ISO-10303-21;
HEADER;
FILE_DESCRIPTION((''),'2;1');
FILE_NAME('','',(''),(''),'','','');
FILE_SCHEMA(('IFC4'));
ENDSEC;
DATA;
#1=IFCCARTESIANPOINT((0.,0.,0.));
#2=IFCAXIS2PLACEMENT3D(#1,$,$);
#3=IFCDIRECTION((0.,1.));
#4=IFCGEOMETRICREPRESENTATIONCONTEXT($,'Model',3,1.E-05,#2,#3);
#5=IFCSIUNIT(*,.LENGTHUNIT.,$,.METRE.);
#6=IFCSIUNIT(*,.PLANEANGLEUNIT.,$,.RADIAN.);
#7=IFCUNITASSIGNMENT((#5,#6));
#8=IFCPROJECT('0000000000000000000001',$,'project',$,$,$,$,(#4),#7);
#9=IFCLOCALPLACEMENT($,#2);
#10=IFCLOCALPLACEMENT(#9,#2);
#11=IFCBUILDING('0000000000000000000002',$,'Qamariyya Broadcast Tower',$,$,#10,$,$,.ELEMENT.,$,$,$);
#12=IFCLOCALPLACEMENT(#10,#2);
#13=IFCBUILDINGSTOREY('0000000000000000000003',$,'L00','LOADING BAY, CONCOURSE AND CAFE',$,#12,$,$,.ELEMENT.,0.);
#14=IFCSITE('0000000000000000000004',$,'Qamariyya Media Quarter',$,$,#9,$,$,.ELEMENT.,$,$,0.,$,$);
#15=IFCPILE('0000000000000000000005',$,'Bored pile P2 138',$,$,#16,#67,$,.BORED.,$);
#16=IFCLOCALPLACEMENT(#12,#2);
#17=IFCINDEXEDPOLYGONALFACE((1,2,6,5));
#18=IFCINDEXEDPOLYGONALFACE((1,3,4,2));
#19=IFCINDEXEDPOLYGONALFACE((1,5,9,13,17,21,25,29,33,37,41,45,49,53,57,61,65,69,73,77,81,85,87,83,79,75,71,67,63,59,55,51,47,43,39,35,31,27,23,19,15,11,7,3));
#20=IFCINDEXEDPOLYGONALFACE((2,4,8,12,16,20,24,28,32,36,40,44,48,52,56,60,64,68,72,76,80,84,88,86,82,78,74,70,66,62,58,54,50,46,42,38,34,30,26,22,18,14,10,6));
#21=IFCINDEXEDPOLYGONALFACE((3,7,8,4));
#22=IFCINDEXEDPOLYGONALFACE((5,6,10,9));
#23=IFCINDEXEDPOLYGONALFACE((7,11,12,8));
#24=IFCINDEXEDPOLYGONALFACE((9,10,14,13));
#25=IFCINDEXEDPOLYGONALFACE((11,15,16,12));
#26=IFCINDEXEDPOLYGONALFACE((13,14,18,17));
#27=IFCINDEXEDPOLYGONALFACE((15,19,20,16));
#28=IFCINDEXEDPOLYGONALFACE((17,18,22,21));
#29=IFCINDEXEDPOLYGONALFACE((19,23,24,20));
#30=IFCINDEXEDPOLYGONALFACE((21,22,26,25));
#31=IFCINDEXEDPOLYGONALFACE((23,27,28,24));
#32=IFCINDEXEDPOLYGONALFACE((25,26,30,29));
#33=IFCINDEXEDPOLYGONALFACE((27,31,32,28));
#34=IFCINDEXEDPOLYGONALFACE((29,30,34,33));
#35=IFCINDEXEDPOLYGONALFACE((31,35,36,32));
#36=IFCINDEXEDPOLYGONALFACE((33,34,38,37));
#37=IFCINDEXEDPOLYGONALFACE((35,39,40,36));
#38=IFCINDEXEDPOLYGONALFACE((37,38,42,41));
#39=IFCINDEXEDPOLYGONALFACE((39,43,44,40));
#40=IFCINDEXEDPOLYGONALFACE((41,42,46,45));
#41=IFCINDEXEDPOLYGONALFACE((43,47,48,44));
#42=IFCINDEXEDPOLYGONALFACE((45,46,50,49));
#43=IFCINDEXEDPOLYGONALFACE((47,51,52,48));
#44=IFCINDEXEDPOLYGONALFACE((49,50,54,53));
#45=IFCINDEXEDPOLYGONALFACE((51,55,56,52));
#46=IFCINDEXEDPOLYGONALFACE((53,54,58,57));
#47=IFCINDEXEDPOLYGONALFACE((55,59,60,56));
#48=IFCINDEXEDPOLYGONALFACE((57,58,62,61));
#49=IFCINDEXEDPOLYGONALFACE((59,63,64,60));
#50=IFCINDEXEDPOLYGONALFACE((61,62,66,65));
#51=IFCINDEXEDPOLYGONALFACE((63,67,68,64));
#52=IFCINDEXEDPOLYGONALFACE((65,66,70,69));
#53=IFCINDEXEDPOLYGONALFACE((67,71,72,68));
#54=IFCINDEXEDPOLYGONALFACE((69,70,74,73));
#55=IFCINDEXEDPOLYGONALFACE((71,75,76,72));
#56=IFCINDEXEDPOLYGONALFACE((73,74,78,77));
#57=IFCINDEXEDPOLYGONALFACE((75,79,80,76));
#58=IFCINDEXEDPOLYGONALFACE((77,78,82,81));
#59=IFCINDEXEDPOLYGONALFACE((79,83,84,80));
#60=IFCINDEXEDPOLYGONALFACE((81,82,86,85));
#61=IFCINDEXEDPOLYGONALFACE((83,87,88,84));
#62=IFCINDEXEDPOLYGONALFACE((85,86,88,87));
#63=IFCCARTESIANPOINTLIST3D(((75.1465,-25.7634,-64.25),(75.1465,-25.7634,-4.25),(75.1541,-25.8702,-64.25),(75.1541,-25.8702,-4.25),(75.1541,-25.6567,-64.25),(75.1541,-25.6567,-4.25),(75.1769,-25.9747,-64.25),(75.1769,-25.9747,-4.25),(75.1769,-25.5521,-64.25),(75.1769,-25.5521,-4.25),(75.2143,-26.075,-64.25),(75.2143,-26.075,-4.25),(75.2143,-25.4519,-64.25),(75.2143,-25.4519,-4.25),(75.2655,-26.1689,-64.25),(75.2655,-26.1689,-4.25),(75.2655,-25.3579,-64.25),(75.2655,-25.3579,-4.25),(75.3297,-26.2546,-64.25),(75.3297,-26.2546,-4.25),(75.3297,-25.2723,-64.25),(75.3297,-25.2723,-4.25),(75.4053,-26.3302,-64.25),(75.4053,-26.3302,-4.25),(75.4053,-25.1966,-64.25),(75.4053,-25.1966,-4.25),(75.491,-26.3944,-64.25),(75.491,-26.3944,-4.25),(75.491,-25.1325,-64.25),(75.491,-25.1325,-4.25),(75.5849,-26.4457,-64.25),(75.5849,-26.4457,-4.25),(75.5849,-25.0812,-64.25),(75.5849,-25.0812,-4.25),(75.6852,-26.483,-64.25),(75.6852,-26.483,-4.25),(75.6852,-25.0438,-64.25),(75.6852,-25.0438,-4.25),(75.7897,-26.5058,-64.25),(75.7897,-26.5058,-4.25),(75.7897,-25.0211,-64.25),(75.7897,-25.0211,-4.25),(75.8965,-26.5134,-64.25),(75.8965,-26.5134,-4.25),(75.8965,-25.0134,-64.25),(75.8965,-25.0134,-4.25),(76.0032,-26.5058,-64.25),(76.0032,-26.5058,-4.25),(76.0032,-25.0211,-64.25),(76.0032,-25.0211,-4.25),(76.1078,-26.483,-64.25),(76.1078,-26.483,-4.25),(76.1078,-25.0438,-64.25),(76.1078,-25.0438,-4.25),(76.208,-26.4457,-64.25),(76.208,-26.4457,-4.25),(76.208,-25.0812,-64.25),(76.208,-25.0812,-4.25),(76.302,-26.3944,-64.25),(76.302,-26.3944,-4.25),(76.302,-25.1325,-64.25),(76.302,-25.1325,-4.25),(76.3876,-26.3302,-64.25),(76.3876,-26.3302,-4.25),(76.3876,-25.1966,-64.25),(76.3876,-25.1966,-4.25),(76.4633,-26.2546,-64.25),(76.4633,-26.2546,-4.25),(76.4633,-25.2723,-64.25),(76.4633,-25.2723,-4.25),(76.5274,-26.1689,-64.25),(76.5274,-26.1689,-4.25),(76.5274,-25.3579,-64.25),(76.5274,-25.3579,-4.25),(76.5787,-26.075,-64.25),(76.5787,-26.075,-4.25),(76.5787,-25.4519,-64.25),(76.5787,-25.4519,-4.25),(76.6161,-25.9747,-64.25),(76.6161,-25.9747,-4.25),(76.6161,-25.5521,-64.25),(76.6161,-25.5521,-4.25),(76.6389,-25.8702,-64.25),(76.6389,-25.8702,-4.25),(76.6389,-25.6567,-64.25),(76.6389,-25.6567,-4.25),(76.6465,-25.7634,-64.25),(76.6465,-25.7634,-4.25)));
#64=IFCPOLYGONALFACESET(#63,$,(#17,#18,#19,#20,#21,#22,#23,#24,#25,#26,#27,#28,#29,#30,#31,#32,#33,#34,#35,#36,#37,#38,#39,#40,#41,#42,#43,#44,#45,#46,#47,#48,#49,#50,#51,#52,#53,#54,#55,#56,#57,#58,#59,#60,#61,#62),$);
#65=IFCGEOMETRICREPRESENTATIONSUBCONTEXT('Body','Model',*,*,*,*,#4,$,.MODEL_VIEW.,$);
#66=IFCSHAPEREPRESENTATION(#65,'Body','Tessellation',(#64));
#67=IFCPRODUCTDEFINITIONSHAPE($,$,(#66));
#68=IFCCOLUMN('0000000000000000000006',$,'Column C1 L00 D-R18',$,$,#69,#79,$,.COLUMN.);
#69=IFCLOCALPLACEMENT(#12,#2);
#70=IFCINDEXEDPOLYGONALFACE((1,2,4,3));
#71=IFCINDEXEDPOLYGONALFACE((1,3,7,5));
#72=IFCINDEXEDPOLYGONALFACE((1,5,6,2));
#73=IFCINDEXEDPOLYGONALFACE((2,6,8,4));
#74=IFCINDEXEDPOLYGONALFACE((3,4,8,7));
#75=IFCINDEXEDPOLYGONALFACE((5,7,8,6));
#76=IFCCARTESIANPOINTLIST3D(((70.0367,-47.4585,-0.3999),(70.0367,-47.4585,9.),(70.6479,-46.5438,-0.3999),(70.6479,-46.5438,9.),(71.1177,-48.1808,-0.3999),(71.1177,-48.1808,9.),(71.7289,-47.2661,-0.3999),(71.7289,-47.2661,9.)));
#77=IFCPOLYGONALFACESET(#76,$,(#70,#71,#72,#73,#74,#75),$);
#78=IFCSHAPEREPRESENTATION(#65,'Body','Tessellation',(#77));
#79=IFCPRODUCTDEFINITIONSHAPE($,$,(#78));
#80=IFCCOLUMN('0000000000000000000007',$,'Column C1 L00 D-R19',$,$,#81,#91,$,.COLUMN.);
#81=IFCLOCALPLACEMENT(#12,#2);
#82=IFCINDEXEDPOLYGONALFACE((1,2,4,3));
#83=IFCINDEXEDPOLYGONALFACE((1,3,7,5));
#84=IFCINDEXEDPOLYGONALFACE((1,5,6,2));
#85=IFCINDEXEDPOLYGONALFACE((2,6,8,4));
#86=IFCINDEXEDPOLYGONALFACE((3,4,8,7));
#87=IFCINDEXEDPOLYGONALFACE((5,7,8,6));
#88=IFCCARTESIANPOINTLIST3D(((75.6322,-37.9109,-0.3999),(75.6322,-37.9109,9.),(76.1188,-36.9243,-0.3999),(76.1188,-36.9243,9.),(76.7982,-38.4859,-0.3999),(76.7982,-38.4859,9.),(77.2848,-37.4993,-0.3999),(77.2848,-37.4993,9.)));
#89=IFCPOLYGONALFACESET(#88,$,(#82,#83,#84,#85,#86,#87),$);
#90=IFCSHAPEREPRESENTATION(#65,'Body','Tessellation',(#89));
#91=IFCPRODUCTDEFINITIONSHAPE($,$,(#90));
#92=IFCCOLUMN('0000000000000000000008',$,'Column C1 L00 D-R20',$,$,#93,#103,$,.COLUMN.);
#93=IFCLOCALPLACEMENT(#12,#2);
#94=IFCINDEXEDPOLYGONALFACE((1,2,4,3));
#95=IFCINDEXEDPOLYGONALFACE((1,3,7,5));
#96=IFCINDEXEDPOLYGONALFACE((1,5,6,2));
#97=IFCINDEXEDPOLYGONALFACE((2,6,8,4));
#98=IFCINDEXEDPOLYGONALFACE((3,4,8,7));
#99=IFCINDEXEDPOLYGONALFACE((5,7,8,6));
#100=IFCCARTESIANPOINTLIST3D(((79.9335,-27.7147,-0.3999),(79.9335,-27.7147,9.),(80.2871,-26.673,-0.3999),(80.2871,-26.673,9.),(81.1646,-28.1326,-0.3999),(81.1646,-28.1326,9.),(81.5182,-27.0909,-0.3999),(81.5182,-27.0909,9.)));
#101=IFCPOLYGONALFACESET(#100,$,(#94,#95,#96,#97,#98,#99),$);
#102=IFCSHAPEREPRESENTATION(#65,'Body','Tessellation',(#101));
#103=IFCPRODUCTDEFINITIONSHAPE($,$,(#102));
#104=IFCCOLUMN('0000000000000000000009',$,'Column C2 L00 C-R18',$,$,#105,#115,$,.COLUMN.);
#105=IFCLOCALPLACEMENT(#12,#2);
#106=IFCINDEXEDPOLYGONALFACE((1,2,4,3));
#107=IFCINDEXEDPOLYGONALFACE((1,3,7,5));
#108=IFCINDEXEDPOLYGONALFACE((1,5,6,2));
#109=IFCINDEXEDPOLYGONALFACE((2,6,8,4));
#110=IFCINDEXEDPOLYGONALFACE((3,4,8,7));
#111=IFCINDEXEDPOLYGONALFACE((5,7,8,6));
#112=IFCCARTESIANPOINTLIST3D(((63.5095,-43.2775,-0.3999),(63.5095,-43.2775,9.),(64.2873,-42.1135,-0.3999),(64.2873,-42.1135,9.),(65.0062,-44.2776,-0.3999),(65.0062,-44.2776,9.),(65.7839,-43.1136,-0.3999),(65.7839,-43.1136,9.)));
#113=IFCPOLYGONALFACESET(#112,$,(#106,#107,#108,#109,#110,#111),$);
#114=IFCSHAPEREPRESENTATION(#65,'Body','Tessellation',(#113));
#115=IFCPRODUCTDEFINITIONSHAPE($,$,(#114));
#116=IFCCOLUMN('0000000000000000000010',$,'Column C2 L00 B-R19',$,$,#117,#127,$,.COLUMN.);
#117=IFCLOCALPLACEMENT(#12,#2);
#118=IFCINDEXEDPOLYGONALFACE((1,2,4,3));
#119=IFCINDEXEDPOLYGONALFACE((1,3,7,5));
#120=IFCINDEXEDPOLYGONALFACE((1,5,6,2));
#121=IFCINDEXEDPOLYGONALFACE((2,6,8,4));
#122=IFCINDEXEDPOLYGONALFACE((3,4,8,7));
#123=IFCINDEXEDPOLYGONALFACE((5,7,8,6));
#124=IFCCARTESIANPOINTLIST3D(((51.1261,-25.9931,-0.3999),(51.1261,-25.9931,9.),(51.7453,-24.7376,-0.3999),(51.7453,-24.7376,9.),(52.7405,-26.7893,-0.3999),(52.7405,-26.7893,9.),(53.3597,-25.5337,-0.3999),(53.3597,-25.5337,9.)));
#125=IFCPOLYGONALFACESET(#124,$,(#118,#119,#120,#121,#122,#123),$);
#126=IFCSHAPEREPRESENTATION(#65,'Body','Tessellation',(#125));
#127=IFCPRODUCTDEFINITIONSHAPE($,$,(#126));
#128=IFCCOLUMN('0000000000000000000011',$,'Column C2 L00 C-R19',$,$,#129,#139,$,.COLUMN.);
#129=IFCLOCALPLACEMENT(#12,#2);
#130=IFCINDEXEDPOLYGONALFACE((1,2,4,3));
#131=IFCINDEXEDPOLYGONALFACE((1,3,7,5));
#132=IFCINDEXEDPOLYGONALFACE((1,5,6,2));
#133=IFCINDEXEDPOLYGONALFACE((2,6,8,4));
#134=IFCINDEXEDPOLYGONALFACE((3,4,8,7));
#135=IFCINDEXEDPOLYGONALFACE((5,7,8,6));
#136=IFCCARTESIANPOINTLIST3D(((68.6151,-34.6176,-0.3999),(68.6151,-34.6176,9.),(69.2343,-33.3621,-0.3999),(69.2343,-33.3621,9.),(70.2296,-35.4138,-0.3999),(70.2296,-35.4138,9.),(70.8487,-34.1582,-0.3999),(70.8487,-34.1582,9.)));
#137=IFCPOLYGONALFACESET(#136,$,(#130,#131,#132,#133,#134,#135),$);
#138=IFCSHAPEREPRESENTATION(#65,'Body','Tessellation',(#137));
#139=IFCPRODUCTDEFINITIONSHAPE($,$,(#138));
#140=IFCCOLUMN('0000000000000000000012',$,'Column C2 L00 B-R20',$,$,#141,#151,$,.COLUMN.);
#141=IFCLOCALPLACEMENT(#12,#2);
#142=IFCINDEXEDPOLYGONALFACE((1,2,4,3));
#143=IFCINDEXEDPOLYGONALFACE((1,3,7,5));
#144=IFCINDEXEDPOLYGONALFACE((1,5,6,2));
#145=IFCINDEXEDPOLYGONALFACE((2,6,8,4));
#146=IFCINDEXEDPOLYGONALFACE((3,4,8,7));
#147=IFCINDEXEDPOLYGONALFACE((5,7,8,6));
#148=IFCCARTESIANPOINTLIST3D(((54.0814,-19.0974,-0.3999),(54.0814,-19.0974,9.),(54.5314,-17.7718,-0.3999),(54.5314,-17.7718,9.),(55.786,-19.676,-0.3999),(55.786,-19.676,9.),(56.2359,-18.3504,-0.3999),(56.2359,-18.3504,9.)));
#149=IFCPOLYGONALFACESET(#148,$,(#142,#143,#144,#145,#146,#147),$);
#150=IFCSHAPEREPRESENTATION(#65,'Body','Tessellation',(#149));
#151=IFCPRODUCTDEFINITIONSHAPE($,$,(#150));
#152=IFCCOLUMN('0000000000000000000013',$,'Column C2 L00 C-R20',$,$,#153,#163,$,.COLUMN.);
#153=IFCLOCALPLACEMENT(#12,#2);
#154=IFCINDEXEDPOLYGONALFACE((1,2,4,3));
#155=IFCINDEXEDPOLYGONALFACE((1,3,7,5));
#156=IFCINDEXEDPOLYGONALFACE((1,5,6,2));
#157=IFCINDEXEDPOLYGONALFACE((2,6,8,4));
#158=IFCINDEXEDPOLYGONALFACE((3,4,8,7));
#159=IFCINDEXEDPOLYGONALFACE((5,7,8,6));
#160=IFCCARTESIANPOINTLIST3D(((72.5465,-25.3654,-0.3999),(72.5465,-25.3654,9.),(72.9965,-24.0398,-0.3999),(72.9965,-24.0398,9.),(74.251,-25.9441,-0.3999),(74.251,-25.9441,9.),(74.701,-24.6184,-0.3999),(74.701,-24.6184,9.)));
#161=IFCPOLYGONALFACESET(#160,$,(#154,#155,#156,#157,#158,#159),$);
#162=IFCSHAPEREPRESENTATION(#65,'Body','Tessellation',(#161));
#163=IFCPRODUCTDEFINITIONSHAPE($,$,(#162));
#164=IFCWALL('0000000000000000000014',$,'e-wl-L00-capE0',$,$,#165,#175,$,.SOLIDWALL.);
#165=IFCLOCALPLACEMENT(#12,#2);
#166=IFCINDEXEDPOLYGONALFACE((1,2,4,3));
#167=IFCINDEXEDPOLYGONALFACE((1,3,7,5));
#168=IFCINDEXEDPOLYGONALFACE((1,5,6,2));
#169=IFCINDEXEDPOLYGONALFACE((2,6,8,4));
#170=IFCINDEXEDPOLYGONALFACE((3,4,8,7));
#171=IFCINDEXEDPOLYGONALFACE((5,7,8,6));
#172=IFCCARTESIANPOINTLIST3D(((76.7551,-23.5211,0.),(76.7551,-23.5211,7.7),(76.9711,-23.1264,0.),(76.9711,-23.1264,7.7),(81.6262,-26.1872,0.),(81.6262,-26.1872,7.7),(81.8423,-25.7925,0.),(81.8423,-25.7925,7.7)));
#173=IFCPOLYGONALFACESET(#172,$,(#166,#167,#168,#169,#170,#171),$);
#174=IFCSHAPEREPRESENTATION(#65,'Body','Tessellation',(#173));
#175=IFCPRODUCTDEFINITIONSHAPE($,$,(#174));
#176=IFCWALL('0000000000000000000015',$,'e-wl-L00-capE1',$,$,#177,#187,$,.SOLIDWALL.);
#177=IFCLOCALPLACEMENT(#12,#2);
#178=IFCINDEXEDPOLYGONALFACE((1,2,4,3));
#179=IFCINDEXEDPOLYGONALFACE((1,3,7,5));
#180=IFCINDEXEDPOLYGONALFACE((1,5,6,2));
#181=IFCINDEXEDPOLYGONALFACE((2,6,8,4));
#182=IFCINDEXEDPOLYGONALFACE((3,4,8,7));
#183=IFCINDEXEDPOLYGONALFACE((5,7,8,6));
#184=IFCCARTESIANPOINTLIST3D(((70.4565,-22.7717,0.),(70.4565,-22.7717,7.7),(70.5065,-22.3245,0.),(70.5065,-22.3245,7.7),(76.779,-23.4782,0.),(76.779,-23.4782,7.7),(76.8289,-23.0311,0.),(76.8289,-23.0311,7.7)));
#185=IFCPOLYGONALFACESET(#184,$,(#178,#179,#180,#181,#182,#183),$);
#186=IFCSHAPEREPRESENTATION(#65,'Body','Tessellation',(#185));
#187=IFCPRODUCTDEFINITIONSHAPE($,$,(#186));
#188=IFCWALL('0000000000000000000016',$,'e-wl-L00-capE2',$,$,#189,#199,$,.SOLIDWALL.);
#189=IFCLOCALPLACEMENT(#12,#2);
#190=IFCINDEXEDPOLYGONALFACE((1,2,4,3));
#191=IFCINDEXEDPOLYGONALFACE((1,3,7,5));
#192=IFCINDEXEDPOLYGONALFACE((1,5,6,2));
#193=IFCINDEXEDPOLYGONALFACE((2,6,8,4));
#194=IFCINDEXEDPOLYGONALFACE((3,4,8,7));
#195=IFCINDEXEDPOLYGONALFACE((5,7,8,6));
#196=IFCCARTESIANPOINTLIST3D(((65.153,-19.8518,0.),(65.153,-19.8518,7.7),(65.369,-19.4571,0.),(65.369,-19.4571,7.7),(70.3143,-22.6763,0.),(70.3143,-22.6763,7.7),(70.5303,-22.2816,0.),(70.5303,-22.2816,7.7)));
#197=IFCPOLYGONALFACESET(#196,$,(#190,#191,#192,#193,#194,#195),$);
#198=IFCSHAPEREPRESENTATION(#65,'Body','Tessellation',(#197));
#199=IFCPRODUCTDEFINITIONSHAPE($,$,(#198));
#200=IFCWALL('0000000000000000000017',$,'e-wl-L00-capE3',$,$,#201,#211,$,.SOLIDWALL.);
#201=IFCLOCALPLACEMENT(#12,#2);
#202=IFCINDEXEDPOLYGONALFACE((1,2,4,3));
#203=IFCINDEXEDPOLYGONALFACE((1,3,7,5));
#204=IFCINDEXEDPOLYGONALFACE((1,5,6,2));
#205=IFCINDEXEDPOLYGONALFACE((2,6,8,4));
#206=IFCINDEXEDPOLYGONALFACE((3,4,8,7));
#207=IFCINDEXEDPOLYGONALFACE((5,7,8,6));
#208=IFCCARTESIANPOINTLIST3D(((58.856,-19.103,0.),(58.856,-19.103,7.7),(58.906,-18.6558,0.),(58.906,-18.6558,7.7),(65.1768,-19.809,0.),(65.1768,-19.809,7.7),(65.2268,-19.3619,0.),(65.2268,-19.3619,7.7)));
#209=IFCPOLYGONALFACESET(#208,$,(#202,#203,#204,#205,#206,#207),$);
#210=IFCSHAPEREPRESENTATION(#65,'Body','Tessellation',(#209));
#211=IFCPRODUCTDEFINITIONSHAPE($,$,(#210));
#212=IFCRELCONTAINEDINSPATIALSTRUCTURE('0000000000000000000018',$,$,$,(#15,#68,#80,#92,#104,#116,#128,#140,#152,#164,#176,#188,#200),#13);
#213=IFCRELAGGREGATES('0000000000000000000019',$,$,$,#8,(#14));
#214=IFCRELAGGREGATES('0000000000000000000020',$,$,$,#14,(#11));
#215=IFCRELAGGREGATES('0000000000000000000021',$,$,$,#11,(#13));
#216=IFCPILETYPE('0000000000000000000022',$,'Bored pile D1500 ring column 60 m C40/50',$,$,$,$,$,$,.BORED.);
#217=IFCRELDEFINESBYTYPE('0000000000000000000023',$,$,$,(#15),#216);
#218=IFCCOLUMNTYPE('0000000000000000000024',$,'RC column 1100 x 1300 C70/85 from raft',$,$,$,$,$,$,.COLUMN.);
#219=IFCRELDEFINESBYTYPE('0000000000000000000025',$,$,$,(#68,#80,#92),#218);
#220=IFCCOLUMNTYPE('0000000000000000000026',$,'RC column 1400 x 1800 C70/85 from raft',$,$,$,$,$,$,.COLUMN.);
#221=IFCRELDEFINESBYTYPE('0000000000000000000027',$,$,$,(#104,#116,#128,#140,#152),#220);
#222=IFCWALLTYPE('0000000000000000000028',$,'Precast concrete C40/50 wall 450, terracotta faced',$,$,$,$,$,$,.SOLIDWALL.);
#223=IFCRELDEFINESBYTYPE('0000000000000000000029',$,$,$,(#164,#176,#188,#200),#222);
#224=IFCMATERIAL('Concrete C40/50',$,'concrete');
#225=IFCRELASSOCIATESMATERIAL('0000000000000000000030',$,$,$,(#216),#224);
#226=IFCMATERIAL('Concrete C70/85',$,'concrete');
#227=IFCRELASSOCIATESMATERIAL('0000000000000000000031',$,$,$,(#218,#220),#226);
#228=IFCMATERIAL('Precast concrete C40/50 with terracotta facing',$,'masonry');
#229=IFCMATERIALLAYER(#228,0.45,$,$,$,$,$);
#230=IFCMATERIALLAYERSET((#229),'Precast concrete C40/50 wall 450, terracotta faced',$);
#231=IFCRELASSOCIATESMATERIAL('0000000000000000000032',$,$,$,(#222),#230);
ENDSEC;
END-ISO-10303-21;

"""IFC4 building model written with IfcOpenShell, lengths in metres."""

from ifc_helpers import new_model, si_unit, direction, frame, frame_2d, origin, origin_2d, place, context, subcontext, project, spatial, rectangle, circle, extrude, material, layer, layer_set, material_profile, profile_set, type_object, element, save


model = new_model("IFC4")

# Units and contexts
model_context = context("Model", 3, precision=1e-05, world=origin(), true_north=direction((0.0, 1.0)))
body_context = subcontext(model_context, "Body", "Model", "MODEL_VIEW")
ifc_project = project(units=[si_unit("LENGTHUNIT", "METRE"), si_unit("PLANEANGLEUNIT", "RADIAN")], contexts=[model_context])

# Site, building, storey
site_placement = place(None, origin())
site = spatial("IfcSite", under=ifc_project, at=site_placement, Name="Qamariyya Media Quarter", CompositionType="ELEMENT", RefElevation=0.0)
building_placement = place(site_placement, origin())
building = spatial("IfcBuilding", under=site, at=building_placement, Name="Qamariyya Broadcast Tower", CompositionType="ELEMENT")
storey_placement = place(building_placement, origin())
storey = spatial("IfcBuildingStorey", under=building, at=storey_placement, Name="L00", Description="LOADING BAY, CONCOURSE AND CAFE", CompositionType="ELEMENT", Elevation=0.0)

# Pile
ifc_material_1 = material(Name="Concrete C40/50", Category="concrete")
ifc_material_profile_1 = material_profile(ifc_material_1, circle(Radius=0.75, at=origin_2d()))
ifc_profile_set_1 = profile_set([ifc_material_profile_1], Name="Concrete C40/50")
pile_type_1 = type_object("IfcPileType", Name="Bored pile D1500 ring column 60 m C40/50", PredefinedType="BORED", material=ifc_profile_set_1)
for number, where, z_axis, x_axis, name in (
    (1, (75.8965, -25.7634, -4.25), (0.0, 0.0, -1.0), (1.0, 0.0, 0.0), "Bored pile P2 138"),
):
    element("IfcPile", number, at=place(storey_placement, frame(where, z_axis=z_axis, x_axis=x_axis)), inside=storey, type_object=pile_type_1, Name=name, PredefinedType="BORED", context=body_context, shape_type="SweptSolid", body=[
        extrude(circle(Radius=0.75, at=origin_2d()), origin(), (0.0, 0.0, 1.0), 60.0),
    ])

# Columns
ifc_material_2 = material(Name="Concrete C70/85", Category="concrete")
ifc_material_profile_2 = material_profile(ifc_material_2, rectangle(XDim=1.1001, YDim=1.3, at=origin_2d()))
ifc_profile_set_2 = profile_set([ifc_material_profile_2], Name="Concrete C70/85")
column_type_1 = type_object("IfcColumnType", Name="RC column 1100 x 1300 C70/85 from raft", PredefinedType="COLUMN", material=ifc_profile_set_2)
for number, where, z_axis, x_axis, name in (
    (2, (70.8828, -47.3623, -0.3999), (0.0, 0.0, 1.0), (0.55557, 0.83147, 0.0), "Column C1 L00 D-R18"),
    (3, (76.4585, -37.7051, -0.3999), (0.0, 0.0, 1.0), (0.442289, 0.896873, 0.0), "Column C1 L00 D-R19"),
    (4, (80.7258, -27.4028, -0.3999), (0.0, 0.0, 1.0), (0.321439, 0.94693, 0.0), "Column C1 L00 D-R20"),
):
    element("IfcColumn", number, at=place(storey_placement, frame(where, z_axis=z_axis, x_axis=x_axis)), inside=storey, type_object=column_type_1, Name=name, PredefinedType="COLUMN", context=body_context, shape_type="SweptSolid", body=[
        extrude(rectangle(XDim=1.1001, YDim=1.3, at=origin_2d()), origin(), (0.0, 0.0, 1.0), 9.3999),
    ])
ifc_material_profile_3 = material_profile(ifc_material_2, rectangle(XDim=1.3999, YDim=1.8, at=origin_2d()))
ifc_profile_set_3 = profile_set([ifc_material_profile_3], Name="Concrete C70/85")
column_type_2 = type_object("IfcColumnType", Name="RC column 1400 x 1800 C70/85 from raft", PredefinedType="COLUMN", material=ifc_profile_set_3)
for number, where, z_axis, x_axis, name in (
    (5, (64.6467, -43.1956, -0.3999), (0.0, 0.0, 1.0), (0.55557, 0.83147, 0.0), "Column C2 L00 C-R18"),
    (6, (52.2429, -25.7634, -0.3999), (0.0, 0.0, 1.0), (0.442289, 0.896873, 0.0), "Column C2 L00 B-R19"),
    (7, (69.7319, -34.3879, -0.3999), (0.0, 0.0, 1.0), (0.442289, 0.896873, 0.0), "Column C2 L00 C-R19"),
    (8, (55.1587, -18.7239, -0.3999), (0.0, 0.0, 1.0), (0.321439, 0.94693, 0.0), "Column C2 L00 B-R20"),
    (9, (73.6238, -24.9919, -0.3999), (0.0, 0.0, 1.0), (0.321439, 0.94693, 0.0), "Column C2 L00 C-R20"),
):
    element("IfcColumn", number, at=place(storey_placement, frame(where, z_axis=z_axis, x_axis=x_axis)), inside=storey, type_object=column_type_2, Name=name, PredefinedType="COLUMN", context=body_context, shape_type="SweptSolid", body=[
        extrude(rectangle(XDim=1.3999, YDim=1.8, at=origin_2d()), origin(), (0.0, 0.0, 1.0), 9.3999),
    ])

# Walls
ifc_material_3 = material(Name="Precast concrete C40/50 with terracotta facing", Category="masonry")
ifc_layer_1 = layer(ifc_material_3, 0.45)
ifc_layer_set_1 = layer_set([ifc_layer_1], Name="Precast concrete C40/50 wall 450, terracotta faced")
wall_type = type_object("IfcWallType", Name="Precast concrete C40/50 wall 450, terracotta faced", PredefinedType="SOLIDWALL", material=ifc_layer_set_1)
wall_1_placement = place(storey_placement, frame((81.7341, -25.9897, 0.0), z_axis=(0.0, 0.0, 1.0), x_axis=(-0.877209, 0.480108, 0.0)))
element("IfcWall", 10, at=wall_1_placement, inside=storey, type_object=wall_type, Name="e-wl-L00-capE0", PredefinedType="SOLIDWALL", context=body_context, shape_type="SweptSolid", body=[
    extrude(rectangle(XDim=5.553, YDim=0.45, at=frame_2d((2.7764, 0.0))), origin(), (0.0, 0.0, 1.0), 7.7),
])
wall_2_placement = place(storey_placement, frame((76.804, -23.2546, 0.0), z_axis=(0.0, 0.0, 1.0), x_axis=(-0.993814, 0.111059, 0.0)))
element("IfcWall", 11, at=wall_2_placement, inside=storey, type_object=wall_type, Name="e-wl-L00-capE1", PredefinedType="SOLIDWALL", context=body_context, shape_type="SweptSolid", body=[
    extrude(rectangle(XDim=6.3618, YDim=0.45, at=frame_2d((3.1809, 0.0))), origin(), (0.0, 0.0, 1.0), 7.7),
])
wall_3_placement = place(storey_placement, frame((70.4224, -22.479, 0.0), z_axis=(0.0, 0.0, 1.0), x_axis=(-0.87723, 0.48007, 0.0)))
element("IfcWall", 12, at=wall_3_placement, inside=storey, type_object=wall_type, Name="e-wl-L00-capE2", PredefinedType="SOLIDWALL", context=body_context, shape_type="SweptSolid", body=[
    extrude(rectangle(XDim=5.8835, YDim=0.45, at=frame_2d((2.9419, 0.0))), origin(), (0.0, 0.0, 1.0), 7.7),
])
wall_4_placement = place(storey_placement, frame((65.2019, -19.5854, 0.0), z_axis=(0.0, 0.0, 1.0), x_axis=(-0.993819, 0.111013, 0.0)))
element("IfcWall", 13, at=wall_4_placement, inside=storey, type_object=wall_type, Name="e-wl-L00-capE3", PredefinedType="SOLIDWALL", context=body_context, shape_type="SweptSolid", body=[
    extrude(rectangle(XDim=6.3601, YDim=0.45, at=frame_2d((3.1802, 0.0))), origin(), (0.0, 0.0, 1.0), 7.7),
])

save(model, "model.ifc")
